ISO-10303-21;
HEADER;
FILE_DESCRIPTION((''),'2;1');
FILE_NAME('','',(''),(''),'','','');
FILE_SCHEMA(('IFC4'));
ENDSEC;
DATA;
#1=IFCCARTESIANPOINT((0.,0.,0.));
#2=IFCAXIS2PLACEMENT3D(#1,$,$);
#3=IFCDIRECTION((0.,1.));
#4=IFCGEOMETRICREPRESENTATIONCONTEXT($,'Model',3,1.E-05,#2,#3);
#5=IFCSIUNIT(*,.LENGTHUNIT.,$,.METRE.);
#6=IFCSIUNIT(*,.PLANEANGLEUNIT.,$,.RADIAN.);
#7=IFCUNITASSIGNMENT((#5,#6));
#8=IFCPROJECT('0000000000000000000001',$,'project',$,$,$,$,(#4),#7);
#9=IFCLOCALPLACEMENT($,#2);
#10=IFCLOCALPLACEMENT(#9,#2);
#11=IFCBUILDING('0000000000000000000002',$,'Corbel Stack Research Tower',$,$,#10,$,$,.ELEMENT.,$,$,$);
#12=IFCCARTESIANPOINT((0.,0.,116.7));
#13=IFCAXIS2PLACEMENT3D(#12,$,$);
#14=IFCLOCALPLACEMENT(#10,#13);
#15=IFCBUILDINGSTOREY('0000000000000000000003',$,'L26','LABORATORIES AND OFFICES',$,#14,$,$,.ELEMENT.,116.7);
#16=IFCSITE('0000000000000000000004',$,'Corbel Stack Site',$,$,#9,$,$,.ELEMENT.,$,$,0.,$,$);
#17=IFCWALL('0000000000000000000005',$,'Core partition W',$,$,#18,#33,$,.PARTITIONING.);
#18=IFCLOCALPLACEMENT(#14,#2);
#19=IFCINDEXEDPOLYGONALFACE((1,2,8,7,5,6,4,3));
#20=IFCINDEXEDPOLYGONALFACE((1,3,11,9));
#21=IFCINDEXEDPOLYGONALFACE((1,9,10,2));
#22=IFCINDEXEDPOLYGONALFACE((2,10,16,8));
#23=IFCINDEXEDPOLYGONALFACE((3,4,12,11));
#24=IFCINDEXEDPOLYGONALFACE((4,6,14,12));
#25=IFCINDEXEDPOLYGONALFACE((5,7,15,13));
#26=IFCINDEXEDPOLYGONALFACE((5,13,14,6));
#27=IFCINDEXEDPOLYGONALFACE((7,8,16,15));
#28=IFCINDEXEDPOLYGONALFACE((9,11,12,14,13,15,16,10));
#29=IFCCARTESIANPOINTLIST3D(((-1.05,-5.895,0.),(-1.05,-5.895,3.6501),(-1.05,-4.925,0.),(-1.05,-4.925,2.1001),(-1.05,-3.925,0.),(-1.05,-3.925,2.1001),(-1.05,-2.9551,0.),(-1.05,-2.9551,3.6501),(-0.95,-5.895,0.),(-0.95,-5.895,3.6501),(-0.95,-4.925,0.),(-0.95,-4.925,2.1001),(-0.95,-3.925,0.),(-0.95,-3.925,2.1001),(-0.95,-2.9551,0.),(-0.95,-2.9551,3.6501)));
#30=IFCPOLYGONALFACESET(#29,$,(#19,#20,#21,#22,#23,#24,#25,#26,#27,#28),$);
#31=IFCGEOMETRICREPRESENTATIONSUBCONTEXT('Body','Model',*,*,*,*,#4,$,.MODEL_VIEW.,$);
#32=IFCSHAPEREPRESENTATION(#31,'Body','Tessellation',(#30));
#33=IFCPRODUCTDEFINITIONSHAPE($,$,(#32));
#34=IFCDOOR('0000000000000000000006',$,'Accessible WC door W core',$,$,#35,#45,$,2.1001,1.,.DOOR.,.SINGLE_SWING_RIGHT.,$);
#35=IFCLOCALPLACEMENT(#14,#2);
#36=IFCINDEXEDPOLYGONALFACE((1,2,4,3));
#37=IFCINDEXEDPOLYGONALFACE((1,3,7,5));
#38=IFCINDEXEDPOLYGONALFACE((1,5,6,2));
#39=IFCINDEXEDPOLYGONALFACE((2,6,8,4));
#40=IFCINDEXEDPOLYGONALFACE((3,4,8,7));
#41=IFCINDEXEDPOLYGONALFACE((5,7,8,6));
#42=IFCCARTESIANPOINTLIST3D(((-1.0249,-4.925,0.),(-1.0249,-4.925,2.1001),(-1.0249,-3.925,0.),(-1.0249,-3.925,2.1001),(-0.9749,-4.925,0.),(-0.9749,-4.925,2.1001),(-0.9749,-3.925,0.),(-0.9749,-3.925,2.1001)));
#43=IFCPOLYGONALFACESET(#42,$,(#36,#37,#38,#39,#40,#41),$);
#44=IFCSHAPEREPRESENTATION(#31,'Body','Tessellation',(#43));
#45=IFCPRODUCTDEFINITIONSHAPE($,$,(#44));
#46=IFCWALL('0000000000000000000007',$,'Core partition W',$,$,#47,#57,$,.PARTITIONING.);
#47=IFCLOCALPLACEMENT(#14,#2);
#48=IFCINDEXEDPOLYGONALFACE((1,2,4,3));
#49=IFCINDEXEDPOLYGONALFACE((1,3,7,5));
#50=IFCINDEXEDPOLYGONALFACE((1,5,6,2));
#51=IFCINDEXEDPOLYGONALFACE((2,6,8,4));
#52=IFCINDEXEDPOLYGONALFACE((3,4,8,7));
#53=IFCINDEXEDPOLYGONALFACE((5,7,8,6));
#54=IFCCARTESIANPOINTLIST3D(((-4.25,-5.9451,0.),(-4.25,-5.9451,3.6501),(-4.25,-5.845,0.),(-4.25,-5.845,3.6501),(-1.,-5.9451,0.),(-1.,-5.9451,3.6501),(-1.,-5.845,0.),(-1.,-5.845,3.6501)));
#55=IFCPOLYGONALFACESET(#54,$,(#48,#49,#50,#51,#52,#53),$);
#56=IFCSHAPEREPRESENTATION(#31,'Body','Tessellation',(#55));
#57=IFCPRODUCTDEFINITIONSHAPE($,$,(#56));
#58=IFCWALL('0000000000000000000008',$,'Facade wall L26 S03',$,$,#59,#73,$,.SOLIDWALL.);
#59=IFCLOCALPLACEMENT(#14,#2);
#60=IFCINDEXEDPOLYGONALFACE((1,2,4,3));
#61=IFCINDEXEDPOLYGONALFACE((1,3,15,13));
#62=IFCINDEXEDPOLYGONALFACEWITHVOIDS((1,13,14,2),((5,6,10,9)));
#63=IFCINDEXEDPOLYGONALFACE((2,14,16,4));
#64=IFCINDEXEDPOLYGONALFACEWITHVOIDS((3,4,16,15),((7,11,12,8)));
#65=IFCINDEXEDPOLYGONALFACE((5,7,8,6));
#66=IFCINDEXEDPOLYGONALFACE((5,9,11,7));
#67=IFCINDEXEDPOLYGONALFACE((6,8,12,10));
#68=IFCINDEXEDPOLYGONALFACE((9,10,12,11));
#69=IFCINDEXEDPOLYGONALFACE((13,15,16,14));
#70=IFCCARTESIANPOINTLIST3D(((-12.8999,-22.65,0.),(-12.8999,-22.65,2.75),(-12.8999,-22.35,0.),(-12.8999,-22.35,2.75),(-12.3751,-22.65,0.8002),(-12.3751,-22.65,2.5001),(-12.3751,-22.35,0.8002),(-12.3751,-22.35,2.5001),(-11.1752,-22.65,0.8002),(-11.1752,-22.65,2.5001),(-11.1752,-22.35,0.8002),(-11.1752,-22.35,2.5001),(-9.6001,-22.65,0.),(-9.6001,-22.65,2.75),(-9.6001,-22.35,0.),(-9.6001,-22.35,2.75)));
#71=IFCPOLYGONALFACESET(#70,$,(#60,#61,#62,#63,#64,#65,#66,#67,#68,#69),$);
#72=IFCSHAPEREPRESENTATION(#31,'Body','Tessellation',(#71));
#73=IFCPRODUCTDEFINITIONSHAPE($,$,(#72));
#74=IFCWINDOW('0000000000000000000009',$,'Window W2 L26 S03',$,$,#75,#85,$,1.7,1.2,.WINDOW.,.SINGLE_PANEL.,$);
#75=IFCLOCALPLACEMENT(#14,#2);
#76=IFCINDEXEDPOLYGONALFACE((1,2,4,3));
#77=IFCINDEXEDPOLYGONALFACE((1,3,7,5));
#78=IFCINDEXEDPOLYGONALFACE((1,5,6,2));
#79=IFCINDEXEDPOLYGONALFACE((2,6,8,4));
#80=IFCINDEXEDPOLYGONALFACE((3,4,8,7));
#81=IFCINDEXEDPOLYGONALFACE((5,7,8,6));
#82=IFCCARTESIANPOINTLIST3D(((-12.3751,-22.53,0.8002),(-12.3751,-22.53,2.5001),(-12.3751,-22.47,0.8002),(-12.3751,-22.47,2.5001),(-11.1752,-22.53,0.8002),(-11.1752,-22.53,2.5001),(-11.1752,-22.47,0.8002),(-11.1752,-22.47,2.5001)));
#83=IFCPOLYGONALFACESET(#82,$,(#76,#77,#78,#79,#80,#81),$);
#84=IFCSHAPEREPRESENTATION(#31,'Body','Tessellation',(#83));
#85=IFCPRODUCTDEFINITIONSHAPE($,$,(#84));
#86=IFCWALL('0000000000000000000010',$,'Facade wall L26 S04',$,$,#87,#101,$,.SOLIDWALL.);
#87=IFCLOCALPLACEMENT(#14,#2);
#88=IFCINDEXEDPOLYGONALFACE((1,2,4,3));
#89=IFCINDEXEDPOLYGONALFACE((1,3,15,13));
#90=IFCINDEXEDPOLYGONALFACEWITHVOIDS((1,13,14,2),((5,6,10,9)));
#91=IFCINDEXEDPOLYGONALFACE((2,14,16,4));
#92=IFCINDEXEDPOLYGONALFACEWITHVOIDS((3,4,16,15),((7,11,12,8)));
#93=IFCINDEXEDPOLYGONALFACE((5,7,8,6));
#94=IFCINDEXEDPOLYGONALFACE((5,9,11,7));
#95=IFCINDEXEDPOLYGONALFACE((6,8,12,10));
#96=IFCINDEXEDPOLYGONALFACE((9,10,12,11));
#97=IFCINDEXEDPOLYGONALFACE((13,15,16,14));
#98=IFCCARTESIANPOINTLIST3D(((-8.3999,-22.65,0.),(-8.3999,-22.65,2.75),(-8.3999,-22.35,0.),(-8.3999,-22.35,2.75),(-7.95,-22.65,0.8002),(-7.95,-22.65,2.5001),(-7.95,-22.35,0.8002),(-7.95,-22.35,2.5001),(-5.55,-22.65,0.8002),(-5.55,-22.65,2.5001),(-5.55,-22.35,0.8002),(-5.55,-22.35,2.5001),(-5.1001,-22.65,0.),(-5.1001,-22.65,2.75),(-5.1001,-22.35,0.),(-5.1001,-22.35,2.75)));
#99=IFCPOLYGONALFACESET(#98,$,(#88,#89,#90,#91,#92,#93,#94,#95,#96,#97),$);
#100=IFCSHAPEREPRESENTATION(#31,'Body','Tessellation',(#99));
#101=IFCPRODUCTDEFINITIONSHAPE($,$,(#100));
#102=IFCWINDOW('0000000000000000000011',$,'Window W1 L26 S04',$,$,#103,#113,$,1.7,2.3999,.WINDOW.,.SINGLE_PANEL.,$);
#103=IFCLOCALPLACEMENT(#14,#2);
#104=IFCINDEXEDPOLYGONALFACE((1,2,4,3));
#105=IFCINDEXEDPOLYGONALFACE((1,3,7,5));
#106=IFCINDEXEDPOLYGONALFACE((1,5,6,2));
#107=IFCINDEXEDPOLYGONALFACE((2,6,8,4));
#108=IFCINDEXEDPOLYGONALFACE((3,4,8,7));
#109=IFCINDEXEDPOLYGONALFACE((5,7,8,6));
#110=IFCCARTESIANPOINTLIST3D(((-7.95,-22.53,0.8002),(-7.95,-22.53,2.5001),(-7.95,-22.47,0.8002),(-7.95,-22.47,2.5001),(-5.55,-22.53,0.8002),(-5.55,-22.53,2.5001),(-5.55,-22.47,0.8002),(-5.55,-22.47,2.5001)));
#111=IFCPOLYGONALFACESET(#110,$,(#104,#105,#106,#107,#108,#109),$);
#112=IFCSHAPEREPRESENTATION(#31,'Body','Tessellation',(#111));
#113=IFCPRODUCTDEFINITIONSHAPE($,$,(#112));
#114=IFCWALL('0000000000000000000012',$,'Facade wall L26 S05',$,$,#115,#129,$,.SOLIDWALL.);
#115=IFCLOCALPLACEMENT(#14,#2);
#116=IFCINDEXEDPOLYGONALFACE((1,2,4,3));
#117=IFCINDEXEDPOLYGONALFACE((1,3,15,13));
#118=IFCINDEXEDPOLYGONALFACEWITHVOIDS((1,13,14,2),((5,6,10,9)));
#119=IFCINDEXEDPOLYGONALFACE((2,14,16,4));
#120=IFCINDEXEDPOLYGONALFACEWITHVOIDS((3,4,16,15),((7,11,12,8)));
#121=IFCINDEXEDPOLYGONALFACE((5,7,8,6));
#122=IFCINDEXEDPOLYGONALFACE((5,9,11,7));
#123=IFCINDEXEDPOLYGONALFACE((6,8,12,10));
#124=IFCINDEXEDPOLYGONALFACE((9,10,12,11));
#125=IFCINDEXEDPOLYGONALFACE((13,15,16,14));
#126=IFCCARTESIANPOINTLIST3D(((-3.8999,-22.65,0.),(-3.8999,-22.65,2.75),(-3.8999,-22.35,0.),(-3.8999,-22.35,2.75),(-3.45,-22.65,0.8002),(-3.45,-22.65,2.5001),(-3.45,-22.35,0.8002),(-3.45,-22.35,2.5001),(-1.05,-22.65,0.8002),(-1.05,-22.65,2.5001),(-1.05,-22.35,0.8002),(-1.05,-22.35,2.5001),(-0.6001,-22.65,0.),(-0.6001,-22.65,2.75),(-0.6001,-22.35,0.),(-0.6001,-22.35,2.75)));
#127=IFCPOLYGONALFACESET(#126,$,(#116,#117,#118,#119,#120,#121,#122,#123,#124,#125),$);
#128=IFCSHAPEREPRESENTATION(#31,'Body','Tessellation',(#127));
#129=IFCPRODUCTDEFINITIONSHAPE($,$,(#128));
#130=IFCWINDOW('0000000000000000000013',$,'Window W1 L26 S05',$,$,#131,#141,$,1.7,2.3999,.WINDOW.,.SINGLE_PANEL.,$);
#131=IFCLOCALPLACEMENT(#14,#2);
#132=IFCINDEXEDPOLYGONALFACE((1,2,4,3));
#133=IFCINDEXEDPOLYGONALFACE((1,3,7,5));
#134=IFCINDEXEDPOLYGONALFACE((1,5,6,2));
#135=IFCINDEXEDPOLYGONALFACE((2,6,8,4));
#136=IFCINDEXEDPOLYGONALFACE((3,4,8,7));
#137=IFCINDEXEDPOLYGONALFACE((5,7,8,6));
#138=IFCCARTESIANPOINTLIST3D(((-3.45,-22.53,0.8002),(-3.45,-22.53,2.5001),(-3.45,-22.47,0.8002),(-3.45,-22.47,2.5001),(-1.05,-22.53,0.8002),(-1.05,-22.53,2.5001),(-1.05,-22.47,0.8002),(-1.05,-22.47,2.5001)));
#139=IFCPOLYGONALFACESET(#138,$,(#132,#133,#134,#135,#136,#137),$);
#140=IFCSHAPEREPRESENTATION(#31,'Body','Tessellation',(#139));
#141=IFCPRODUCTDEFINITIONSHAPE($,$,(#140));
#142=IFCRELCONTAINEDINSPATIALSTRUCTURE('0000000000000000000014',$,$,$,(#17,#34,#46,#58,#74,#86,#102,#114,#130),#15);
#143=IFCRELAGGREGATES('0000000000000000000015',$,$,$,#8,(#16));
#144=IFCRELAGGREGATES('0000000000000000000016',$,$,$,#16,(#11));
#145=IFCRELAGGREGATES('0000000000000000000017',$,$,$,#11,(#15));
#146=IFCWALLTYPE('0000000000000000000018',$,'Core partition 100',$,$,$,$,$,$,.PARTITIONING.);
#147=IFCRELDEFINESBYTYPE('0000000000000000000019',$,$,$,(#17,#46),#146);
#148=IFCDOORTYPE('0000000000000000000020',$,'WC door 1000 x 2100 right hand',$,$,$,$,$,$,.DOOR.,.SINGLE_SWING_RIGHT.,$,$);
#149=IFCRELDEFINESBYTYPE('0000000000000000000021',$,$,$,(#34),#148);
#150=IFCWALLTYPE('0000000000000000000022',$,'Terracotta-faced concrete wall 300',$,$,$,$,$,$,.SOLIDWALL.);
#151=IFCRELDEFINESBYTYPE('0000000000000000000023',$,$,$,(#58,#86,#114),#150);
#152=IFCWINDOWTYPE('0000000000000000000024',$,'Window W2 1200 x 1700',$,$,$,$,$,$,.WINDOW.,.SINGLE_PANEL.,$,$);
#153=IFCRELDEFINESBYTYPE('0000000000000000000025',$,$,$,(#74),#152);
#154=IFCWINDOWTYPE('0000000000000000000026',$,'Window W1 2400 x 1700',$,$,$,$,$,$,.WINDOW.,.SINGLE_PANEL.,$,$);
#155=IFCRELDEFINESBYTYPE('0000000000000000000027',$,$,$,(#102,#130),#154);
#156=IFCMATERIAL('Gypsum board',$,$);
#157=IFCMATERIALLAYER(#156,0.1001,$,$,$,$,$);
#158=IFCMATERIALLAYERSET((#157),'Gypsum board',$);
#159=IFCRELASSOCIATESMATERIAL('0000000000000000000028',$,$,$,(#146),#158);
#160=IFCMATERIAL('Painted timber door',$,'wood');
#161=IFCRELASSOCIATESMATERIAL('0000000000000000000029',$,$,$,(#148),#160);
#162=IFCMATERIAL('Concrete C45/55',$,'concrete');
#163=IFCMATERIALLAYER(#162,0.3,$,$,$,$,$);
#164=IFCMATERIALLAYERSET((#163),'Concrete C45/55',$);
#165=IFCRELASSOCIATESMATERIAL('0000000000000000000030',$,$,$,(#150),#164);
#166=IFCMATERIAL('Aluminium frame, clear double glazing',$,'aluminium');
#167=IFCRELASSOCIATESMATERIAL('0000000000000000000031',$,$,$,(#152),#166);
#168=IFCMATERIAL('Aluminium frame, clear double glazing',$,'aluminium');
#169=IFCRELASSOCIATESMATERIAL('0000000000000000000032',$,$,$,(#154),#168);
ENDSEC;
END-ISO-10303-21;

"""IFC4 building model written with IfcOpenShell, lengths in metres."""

from ifc_helpers import new_model, si_unit, direction, frame, frame_2d, origin, place, context, subcontext, project, spatial, rectangle, extrude, material, layer, layer_set, type_object, element, fill, save


model = new_model("IFC4")

# Units and contexts
model_context = context("Model", 3, precision=1e-05, world=origin(), true_north=direction((0.0, 1.0)))
body_context = subcontext(model_context, "Body", "Model", "MODEL_VIEW")
ifc_project = project(units=[si_unit("LENGTHUNIT", "METRE"), si_unit("PLANEANGLEUNIT", "RADIAN")], contexts=[model_context])

# Site, building, storey
site_placement = place(None, origin())
site = spatial("IfcSite", under=ifc_project, at=site_placement, Name="Corbel Stack Site", CompositionType="ELEMENT", RefElevation=0.0)
building_placement = place(site_placement, origin())
building = spatial("IfcBuilding", under=site, at=building_placement, Name="Corbel Stack Research Tower", CompositionType="ELEMENT")
storey_placement = place(building_placement, frame((0.0, 0.0, 116.7)))
storey = spatial("IfcBuildingStorey", under=building, at=storey_placement, Name="L26", Description="LABORATORIES AND OFFICES", CompositionType="ELEMENT", Elevation=116.7)

# Wall, opening, door
ifc_material_1 = material(Name="Gypsum board")
ifc_layer_1 = layer(ifc_material_1, 0.1001)
ifc_layer_set_1 = layer_set([ifc_layer_1], Name="Gypsum board")
wall_type_1 = type_object("IfcWallType", Name="Core partition 100", PredefinedType="PARTITIONING", material=ifc_layer_set_1)
ifc_material_2 = material(Name="Painted timber door", Category="wood")
door_type_1 = type_object("IfcDoorType", Name="WC door 1000 x 2100 right hand", OperationType="SINGLE_SWING_RIGHT", PredefinedType="DOOR", material=ifc_material_2)
wall_1_placement = place(storey_placement, frame((-1.0, -5.895, 0.0), z_axis=(0.0, 0.0, 1.0), x_axis=(0.0, 1.0, 0.0)))
wall_1 = element("IfcWall", 1, at=wall_1_placement, inside=storey, type_object=wall_type_1, Name="Core partition W", PredefinedType="PARTITIONING", context=body_context, shape_type="SweptSolid", body=[
    extrude(rectangle(XDim=2.9399, YDim=0.1001, at=frame_2d((1.47, 0.0))), origin(), (0.0, 0.0, 1.0), 3.6501),
])
opening_1_placement = place(wall_1_placement, frame((0.97, 0.0, 0.0)))
opening_1 = element("IfcOpeningElement", 2, at=opening_1_placement, cuts=wall_1, PredefinedType="OPENING", context=body_context, shape_type="SweptSolid", body=[
    extrude(rectangle(XDim=1.0, YDim=2.1001, at=frame_2d((0.5, 1.05))), frame((0.0, 0.0601, 0.0), z_axis=(0.0, -1.0, 0.0), x_axis=(1.0, 0.0, 0.0)), (0.0, 0.0, 1.0), 0.1201),
])
door_1_placement = place(opening_1_placement, origin())
door_1 = element("IfcDoor", 3, at=door_1_placement, inside=storey, type_object=door_type_1, Name="Accessible WC door W core", OperationType="SINGLE_SWING_RIGHT", OverallHeight=2.1001, OverallWidth=1.0, PredefinedType="DOOR", context=body_context, shape_type="SweptSolid", body=[
    extrude(rectangle(XDim=1.0, YDim=2.1001, at=frame_2d((0.5, 1.05))), frame((0.0, 0.0249, 0.0), z_axis=(0.0, -1.0, 0.0), x_axis=(1.0, 0.0, 0.0)), (0.0, 0.0, 1.0), 0.05),
])
fill(opening_1, door_1)

# Wall
wall_2_placement = place(storey_placement, frame((-4.25, -5.895, 0.0), z_axis=(0.0, 0.0, 1.0), x_axis=(1.0, 0.0, 0.0)))
element("IfcWall", 4, at=wall_2_placement, inside=storey, type_object=wall_type_1, Name="Core partition W", PredefinedType="PARTITIONING", context=body_context, shape_type="SweptSolid", body=[
    extrude(rectangle(XDim=3.25, YDim=0.1001, at=frame_2d((1.625, 0.0))), origin(), (0.0, 0.0, 1.0), 3.6501),
])

# Walls, openings, windows
ifc_material_3 = material(Name="Concrete C45/55", Category="concrete")
ifc_layer_2 = layer(ifc_material_3, 0.3)
ifc_layer_set_2 = layer_set([ifc_layer_2], Name="Concrete C45/55")
wall_type_2 = type_object("IfcWallType", Name="Terracotta-faced concrete wall 300", PredefinedType="SOLIDWALL", material=ifc_layer_set_2)
wall_3_placement = place(storey_placement, frame((-9.6001, -22.5, 0.0), z_axis=(0.0, 0.0, 1.0), x_axis=(-1.0, 0.0, 0.0)))
wall_3 = element("IfcWall", 5, at=wall_3_placement, inside=storey, type_object=wall_type_2, Name="Facade wall L26 S03", PredefinedType="SOLIDWALL", context=body_context, shape_type="SweptSolid", body=[
    extrude(rectangle(XDim=3.2998, YDim=0.3, at=frame_2d((1.6499, 0.0))), origin(), (0.0, 0.0, 1.0), 2.75),
])
opening_2_placement = place(wall_3_placement, frame((1.575, 0.0, 0.8)))
opening_2 = element("IfcOpeningElement", 6, at=opening_2_placement, cuts=wall_3, PredefinedType="OPENING", context=body_context, shape_type="SweptSolid", body=[
    extrude(rectangle(XDim=1.2, YDim=1.7, at=frame_2d((0.6001, 0.8501))), frame((0.0, 0.1599, 0.0), z_axis=(0.0, -1.0, 0.0), x_axis=(1.0, 0.0, 0.0)), (0.0, 0.0, 1.0), 0.3201),
])
ifc_material_4 = material(Name="Aluminium frame, clear double glazing", Category="aluminium")
window_type_1 = type_object("IfcWindowType", Name="Window W2 1200 x 1700", PartitioningType="SINGLE_PANEL", PredefinedType="WINDOW", material=ifc_material_4)
window_1_placement = place(opening_2_placement, origin())
window_1 = element("IfcWindow", 7, at=window_1_placement, inside=storey, type_object=window_type_1, Name="Window W2 L26 S03", OverallHeight=1.7, OverallWidth=1.2, PartitioningType="SINGLE_PANEL", PredefinedType="WINDOW", context=body_context, shape_type="SweptSolid", body=[
    extrude(rectangle(XDim=1.2, YDim=1.7, at=frame_2d((0.6001, 0.8501))), frame((0.0, 0.03, 0.0), z_axis=(0.0, -1.0, 0.0), x_axis=(1.0, 0.0, 0.0)), (0.0, 0.0, 1.0), 0.0601),
])
fill(opening_2, window_1)
wall_4_placement = place(storey_placement, frame((-5.1001, -22.5, 0.0), z_axis=(0.0, 0.0, 1.0), x_axis=(-1.0, 0.0, 0.0)))
wall_4 = element("IfcWall", 8, at=wall_4_placement, inside=storey, type_object=wall_type_2, Name="Facade wall L26 S04", PredefinedType="SOLIDWALL", context=body_context, shape_type="SweptSolid", body=[
    extrude(rectangle(XDim=3.2998, YDim=0.3, at=frame_2d((1.6499, 0.0))), origin(), (0.0, 0.0, 1.0), 2.75),
])
opening_3_placement = place(wall_4_placement, frame((0.45, 0.0, 0.8)))
opening_3 = element("IfcOpeningElement", 9, at=opening_3_placement, cuts=wall_4, PredefinedType="OPENING", context=body_context, shape_type="SweptSolid", body=[
    extrude(rectangle(XDim=2.3999, YDim=1.7, at=frame_2d((1.2, 0.8501))), frame((0.0, 0.1599, 0.0), z_axis=(0.0, -1.0, 0.0), x_axis=(1.0, 0.0, 0.0)), (0.0, 0.0, 1.0), 0.3201),
])
ifc_material_5 = material(Name="Aluminium frame, clear double glazing", Category="aluminium")
window_type_2 = type_object("IfcWindowType", Name="Window W1 2400 x 1700", PartitioningType="SINGLE_PANEL", PredefinedType="WINDOW", material=ifc_material_5)
window_2_placement = place(opening_3_placement, origin())
window_2 = element("IfcWindow", 10, at=window_2_placement, inside=storey, type_object=window_type_2, Name="Window W1 L26 S04", OverallHeight=1.7, OverallWidth=2.3999, PartitioningType="SINGLE_PANEL", PredefinedType="WINDOW", context=body_context, shape_type="SweptSolid", body=[
    extrude(rectangle(XDim=2.3999, YDim=1.7, at=frame_2d((1.2, 0.8501))), frame((0.0, 0.03, 0.0), z_axis=(0.0, -1.0, 0.0), x_axis=(1.0, 0.0, 0.0)), (0.0, 0.0, 1.0), 0.0601),
])
fill(opening_3, window_2)
wall_5_placement = place(storey_placement, frame((-0.6001, -22.5, 0.0), z_axis=(0.0, 0.0, 1.0), x_axis=(-1.0, 0.0, 0.0)))
wall_5 = element("IfcWall", 11, at=wall_5_placement, inside=storey, type_object=wall_type_2, Name="Facade wall L26 S05", PredefinedType="SOLIDWALL", context=body_context, shape_type="SweptSolid", body=[
    extrude(rectangle(XDim=3.2998, YDim=0.3, at=frame_2d((1.6499, 0.0))), origin(), (0.0, 0.0, 1.0), 2.75),
])
opening_4_placement = place(wall_5_placement, frame((0.45, 0.0, 0.8)))
opening_4 = element("IfcOpeningElement", 12, at=opening_4_placement, cuts=wall_5, PredefinedType="OPENING", context=body_context, shape_type="SweptSolid", body=[
    extrude(rectangle(XDim=2.3999, YDim=1.7, at=frame_2d((1.2, 0.8501))), frame((0.0, 0.1599, 0.0), z_axis=(0.0, -1.0, 0.0), x_axis=(1.0, 0.0, 0.0)), (0.0, 0.0, 1.0), 0.3201),
])
window_3_placement = place(opening_4_placement, origin())
window_3 = element("IfcWindow", 13, at=window_3_placement, inside=storey, type_object=window_type_2, Name="Window W1 L26 S05", OverallHeight=1.7, OverallWidth=2.3999, PartitioningType="SINGLE_PANEL", PredefinedType="WINDOW", context=body_context, shape_type="SweptSolid", body=[
    extrude(rectangle(XDim=2.3999, YDim=1.7, at=frame_2d((1.2, 0.8501))), frame((0.0, 0.03, 0.0), z_axis=(0.0, -1.0, 0.0), x_axis=(1.0, 0.0, 0.0)), (0.0, 0.0, 1.0), 0.0601),
])
fill(opening_4, window_3)

save(model, "model.ifc")
